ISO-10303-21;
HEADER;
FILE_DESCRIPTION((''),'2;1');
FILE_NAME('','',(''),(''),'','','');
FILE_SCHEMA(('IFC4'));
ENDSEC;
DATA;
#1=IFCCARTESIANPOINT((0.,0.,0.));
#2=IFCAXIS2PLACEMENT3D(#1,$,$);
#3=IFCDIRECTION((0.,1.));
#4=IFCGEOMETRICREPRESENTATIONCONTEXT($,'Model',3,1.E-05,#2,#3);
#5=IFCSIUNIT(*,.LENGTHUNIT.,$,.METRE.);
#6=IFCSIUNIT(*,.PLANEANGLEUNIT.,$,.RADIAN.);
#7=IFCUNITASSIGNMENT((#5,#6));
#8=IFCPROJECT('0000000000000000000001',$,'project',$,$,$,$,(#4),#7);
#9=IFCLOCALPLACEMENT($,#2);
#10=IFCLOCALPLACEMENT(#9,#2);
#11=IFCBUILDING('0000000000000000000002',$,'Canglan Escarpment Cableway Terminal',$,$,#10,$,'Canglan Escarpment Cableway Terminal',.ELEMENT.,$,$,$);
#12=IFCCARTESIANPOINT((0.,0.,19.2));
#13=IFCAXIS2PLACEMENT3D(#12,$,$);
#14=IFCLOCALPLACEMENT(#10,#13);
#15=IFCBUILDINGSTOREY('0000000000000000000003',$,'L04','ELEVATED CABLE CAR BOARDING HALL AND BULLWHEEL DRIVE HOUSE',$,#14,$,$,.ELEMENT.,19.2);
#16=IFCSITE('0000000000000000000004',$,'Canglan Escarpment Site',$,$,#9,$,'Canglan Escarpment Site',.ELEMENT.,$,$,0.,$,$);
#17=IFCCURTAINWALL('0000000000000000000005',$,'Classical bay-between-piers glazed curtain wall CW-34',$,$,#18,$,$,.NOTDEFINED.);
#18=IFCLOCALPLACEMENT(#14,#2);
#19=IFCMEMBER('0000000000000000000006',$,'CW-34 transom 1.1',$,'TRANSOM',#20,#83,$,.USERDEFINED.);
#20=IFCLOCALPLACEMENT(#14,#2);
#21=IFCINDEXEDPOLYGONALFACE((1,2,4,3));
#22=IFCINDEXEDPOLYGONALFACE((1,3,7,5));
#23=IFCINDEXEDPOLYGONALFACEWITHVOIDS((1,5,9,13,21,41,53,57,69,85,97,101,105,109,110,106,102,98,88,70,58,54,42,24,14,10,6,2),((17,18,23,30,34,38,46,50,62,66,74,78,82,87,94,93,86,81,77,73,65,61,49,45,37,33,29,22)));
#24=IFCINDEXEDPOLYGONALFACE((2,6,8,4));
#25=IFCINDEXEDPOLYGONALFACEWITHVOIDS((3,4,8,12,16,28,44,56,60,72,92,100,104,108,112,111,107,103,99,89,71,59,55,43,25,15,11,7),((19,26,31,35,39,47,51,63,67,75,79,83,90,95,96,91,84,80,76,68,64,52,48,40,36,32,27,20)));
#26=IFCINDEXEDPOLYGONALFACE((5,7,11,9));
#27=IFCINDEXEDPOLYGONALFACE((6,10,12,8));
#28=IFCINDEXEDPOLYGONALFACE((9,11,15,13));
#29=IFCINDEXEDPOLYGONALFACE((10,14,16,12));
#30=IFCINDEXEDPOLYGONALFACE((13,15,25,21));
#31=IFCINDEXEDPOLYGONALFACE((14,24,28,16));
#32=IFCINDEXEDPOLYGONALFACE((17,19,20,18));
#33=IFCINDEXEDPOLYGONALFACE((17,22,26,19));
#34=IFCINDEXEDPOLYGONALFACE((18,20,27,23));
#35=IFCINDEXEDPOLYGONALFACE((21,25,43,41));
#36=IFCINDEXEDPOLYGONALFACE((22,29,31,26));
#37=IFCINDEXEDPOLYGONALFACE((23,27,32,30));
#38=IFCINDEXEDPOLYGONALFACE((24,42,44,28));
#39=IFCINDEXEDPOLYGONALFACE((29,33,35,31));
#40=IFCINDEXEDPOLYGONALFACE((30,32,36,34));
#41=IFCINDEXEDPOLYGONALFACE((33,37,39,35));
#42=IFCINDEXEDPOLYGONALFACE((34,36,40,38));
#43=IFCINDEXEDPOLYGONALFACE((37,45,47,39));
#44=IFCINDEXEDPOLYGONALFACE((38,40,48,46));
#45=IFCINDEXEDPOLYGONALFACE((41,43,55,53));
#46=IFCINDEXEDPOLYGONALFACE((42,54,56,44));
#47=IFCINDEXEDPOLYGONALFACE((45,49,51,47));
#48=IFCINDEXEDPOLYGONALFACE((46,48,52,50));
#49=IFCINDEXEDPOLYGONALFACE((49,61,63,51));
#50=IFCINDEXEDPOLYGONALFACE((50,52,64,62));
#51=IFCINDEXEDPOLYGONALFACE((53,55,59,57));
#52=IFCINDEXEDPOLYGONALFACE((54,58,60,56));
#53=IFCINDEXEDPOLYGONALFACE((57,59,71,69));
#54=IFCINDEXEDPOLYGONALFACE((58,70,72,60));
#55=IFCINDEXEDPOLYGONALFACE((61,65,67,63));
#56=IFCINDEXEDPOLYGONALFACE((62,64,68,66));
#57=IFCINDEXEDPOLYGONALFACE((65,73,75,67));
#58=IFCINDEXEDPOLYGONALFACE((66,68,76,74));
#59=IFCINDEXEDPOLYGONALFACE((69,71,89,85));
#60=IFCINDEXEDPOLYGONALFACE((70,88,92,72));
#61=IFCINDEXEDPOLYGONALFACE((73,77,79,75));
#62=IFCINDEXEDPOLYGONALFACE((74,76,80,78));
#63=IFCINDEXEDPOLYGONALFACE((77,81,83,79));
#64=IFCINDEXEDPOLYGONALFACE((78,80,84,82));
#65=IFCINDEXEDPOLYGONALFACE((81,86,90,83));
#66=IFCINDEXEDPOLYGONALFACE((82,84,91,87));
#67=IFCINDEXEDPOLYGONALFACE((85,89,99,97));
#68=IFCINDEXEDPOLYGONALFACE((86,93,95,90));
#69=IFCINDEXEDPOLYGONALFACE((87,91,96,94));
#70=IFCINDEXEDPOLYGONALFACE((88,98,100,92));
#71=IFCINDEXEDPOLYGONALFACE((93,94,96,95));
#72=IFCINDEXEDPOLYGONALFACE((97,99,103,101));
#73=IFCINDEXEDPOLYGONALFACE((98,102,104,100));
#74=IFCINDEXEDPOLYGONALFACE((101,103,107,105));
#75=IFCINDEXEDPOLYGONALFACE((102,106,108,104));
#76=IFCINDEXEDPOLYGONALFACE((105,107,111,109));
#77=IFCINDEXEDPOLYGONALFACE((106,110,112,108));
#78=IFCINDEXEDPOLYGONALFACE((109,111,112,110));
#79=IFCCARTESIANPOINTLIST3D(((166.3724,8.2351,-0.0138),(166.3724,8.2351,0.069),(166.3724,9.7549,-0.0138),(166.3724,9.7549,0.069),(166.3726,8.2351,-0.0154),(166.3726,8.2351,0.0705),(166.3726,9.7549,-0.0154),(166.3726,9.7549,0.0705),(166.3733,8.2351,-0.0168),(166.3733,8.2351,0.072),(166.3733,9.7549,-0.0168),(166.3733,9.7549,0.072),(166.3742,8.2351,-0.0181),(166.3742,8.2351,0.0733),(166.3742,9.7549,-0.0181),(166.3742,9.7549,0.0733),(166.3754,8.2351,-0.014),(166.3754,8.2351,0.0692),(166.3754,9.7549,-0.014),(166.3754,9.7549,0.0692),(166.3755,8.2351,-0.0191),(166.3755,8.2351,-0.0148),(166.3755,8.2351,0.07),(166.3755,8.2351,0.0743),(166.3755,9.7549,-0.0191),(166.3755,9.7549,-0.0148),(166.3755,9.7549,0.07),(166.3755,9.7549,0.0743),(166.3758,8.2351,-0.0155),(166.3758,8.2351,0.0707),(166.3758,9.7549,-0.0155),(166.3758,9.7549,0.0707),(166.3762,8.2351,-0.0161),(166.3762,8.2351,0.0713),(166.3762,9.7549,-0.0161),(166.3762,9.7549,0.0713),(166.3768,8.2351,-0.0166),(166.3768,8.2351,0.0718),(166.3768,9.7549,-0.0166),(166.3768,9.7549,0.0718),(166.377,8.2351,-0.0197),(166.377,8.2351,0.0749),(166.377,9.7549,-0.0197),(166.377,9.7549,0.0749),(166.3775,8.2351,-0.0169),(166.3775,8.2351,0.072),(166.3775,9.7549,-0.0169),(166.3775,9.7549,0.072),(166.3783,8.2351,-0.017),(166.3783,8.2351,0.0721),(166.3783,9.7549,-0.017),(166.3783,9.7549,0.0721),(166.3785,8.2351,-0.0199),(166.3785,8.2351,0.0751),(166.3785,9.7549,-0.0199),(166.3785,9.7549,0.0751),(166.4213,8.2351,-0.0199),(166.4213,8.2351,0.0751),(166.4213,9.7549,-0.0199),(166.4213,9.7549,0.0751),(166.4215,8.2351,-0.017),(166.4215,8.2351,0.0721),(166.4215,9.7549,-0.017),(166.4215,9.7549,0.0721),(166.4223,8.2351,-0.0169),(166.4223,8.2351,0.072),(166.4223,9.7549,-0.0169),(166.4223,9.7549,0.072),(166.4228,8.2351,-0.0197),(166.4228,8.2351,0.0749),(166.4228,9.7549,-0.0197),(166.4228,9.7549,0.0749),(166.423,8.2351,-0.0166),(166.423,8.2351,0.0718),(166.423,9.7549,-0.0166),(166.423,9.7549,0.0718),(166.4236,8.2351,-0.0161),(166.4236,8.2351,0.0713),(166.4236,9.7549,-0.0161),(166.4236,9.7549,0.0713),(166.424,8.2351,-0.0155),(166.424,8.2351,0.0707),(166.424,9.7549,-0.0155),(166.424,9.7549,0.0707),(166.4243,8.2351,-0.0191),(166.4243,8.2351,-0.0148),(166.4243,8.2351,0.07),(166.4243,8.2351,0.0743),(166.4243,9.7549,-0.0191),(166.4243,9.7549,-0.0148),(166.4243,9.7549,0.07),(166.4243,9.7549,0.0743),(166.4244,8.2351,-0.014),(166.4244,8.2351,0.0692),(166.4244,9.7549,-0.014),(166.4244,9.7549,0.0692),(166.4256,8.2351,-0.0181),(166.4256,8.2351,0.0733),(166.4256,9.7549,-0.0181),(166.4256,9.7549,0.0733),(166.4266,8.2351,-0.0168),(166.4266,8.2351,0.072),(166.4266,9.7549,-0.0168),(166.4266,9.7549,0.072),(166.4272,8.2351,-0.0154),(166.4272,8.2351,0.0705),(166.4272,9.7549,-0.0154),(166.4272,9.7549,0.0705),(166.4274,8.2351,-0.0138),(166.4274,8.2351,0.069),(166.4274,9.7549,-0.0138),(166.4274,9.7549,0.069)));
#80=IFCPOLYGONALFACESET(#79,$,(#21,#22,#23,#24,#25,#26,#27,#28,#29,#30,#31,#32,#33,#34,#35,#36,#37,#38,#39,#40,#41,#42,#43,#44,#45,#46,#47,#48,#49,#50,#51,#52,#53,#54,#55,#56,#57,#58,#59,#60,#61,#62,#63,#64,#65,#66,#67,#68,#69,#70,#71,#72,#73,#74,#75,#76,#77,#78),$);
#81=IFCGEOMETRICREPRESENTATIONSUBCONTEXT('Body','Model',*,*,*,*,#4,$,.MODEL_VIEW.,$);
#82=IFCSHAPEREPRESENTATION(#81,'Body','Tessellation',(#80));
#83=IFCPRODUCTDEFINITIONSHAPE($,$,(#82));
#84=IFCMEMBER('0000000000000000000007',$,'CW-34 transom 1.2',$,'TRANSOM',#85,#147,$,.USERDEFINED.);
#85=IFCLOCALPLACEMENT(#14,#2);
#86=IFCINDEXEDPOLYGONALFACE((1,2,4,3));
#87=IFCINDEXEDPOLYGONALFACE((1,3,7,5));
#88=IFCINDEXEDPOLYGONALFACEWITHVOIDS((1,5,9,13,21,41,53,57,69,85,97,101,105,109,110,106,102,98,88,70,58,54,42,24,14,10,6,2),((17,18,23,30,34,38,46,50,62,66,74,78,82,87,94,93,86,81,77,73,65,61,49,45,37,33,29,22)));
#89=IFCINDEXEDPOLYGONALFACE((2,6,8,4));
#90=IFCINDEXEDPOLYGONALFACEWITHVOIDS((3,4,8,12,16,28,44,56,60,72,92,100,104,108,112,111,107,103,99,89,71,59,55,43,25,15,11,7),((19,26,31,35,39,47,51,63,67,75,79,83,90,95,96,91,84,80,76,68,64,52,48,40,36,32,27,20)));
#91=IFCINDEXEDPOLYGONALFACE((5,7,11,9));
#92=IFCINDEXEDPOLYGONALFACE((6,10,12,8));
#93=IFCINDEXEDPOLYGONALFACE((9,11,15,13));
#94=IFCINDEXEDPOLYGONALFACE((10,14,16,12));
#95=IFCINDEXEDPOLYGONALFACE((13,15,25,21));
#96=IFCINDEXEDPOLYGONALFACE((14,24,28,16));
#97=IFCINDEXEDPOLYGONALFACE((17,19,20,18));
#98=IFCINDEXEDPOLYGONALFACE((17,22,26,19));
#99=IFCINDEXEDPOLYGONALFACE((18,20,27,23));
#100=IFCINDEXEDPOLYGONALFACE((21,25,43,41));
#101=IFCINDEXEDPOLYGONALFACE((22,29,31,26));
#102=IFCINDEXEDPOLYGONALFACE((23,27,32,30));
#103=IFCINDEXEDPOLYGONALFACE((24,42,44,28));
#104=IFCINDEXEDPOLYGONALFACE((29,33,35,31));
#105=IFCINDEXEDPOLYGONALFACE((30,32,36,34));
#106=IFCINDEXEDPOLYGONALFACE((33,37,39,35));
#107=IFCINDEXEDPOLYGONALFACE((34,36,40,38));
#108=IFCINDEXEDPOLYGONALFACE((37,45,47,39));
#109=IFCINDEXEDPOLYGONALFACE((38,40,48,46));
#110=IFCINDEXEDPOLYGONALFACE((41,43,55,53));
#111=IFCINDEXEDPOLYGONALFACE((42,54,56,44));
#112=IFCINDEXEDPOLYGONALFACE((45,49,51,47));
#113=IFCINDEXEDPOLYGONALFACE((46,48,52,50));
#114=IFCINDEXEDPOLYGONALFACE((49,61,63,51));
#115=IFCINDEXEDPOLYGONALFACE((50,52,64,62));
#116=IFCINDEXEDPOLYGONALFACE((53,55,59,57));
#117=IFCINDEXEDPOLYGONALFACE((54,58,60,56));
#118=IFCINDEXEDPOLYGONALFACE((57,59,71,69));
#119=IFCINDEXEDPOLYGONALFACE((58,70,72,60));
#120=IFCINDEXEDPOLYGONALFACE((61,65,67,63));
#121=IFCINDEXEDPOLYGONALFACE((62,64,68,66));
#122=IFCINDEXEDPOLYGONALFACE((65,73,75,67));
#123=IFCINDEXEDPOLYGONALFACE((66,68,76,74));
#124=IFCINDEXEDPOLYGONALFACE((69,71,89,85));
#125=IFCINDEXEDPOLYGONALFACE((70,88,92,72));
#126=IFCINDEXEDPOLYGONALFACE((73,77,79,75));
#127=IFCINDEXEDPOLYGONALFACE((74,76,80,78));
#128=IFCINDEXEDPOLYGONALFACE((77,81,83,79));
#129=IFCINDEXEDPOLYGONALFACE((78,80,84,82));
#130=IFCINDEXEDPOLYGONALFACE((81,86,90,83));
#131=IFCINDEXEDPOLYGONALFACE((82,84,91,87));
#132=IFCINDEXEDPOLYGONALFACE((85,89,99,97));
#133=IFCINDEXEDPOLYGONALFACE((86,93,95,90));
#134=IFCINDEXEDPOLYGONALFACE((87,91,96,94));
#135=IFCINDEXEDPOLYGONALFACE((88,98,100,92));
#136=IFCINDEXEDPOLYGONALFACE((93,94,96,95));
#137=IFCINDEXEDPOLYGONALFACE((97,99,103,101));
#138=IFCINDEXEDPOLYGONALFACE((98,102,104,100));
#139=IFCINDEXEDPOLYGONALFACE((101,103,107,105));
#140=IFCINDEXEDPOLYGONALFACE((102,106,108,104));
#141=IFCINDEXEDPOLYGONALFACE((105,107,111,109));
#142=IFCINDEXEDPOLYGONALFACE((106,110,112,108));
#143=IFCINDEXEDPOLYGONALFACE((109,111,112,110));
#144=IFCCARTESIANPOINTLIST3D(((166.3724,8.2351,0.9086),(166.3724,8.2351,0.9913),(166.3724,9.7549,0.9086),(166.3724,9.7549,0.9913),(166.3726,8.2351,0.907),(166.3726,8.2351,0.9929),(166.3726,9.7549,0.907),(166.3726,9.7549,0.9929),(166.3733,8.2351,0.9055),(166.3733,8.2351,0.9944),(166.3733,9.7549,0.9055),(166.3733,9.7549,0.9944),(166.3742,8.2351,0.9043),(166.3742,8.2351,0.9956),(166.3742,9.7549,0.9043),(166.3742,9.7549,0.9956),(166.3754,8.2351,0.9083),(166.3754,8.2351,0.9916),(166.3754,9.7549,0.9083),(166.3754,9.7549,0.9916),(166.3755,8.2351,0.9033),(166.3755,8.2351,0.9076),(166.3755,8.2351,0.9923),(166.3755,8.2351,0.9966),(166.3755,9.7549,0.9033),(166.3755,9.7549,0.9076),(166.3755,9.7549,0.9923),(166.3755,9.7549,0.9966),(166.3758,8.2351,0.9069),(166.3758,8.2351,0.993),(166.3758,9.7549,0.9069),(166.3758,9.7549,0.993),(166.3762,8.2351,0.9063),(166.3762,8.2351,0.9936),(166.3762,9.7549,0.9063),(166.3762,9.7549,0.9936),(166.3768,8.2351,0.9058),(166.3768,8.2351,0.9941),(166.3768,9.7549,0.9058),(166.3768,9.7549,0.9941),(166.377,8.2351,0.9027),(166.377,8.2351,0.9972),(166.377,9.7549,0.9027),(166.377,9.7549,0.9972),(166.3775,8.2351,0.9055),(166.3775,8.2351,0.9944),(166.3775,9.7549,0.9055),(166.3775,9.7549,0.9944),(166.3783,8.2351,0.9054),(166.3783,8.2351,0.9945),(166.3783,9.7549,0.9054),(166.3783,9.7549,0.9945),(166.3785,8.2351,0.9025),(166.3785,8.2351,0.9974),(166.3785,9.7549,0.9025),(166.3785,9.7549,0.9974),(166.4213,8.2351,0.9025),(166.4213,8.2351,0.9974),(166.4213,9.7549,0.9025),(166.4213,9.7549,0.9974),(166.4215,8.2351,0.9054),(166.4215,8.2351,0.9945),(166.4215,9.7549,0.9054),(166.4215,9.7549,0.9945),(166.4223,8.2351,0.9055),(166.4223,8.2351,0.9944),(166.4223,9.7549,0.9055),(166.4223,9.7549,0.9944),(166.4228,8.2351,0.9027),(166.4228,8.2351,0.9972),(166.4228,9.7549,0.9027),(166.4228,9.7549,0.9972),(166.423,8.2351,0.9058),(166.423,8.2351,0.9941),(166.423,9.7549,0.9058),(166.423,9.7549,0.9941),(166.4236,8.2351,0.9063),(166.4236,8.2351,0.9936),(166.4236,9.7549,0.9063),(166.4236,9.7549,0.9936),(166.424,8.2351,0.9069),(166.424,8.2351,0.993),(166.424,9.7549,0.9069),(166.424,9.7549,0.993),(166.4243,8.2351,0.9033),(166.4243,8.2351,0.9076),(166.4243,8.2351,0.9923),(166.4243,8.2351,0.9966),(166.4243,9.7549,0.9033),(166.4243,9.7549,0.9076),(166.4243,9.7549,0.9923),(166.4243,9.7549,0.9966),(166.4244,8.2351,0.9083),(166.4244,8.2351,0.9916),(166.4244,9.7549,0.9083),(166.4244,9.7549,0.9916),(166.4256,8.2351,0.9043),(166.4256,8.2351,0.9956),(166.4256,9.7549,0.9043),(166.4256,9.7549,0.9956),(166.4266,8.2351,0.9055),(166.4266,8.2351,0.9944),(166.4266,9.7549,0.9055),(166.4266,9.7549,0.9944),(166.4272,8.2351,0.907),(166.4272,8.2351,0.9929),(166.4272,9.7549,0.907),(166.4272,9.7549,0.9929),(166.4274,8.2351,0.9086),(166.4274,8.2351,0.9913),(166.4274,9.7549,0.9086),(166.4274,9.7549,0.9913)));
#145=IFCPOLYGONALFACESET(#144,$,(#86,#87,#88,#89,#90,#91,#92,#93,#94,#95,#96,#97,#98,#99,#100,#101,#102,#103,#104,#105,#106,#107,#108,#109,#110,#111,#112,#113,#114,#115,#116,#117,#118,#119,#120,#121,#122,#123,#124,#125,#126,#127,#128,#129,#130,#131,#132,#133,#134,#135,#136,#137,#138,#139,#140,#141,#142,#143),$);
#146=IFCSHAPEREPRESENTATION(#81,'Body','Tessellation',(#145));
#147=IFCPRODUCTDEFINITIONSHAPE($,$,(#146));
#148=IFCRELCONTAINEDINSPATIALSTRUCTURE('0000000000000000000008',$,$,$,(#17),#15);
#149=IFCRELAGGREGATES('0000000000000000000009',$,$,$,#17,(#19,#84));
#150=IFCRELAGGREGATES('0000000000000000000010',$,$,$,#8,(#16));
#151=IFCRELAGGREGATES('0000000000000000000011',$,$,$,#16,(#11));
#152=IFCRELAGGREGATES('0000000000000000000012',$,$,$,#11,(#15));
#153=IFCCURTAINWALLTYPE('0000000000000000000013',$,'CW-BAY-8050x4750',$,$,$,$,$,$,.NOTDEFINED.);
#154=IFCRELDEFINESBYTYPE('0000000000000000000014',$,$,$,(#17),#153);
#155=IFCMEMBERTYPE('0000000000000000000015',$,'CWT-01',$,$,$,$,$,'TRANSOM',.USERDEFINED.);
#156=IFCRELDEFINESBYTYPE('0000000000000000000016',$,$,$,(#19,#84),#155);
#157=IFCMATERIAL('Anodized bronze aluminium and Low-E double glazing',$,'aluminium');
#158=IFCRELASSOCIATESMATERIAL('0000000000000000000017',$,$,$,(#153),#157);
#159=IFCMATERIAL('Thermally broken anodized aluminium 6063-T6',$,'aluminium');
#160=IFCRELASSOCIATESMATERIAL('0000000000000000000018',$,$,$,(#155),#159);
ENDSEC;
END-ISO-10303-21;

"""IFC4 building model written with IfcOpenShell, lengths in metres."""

from ifc_helpers import new_model, si_unit, direction, frame, origin, origin_2d, place, context, subcontext, project, spatial, hollow_rectangle, extrude, material, material_profile, profile_set, type_object, element, aggregate, save


model = new_model("IFC4")

# Units and contexts
model_context = context("Model", 3, precision=1e-05, world=origin(), true_north=direction((0.0, 1.0)))
body_context = subcontext(model_context, "Body", "Model", "MODEL_VIEW")
ifc_project = project(units=[si_unit("LENGTHUNIT", "METRE"), si_unit("PLANEANGLEUNIT", "RADIAN")], contexts=[model_context])

# Site, building, storey
site_placement = place(None, origin())
site = spatial("IfcSite", under=ifc_project, at=site_placement, Name="Canglan Escarpment Site", LongName="Canglan Escarpment Site", CompositionType="ELEMENT", RefElevation=0.0)
building_placement = place(site_placement, origin())
building = spatial("IfcBuilding", under=site, at=building_placement, Name="Canglan Escarpment Cableway Terminal", LongName="Canglan Escarpment Cableway Terminal", CompositionType="ELEMENT")
storey_placement = place(building_placement, frame((0.0, 0.0, 19.2)))
storey = spatial("IfcBuildingStorey", under=building, at=storey_placement, Name="L04", Description="ELEVATED CABLE CAR BOARDING HALL AND BULLWHEEL DRIVE HOUSE", CompositionType="ELEMENT", Elevation=19.2)

# Curtain wall
ifc_material_1 = material(Name="Anodized bronze aluminium and Low-E double glazing", Category="aluminium")
curtain_wall_type_1 = type_object("IfcCurtainWallType", Name="CW-BAY-8050x4750", PredefinedType="NOTDEFINED", material=ifc_material_1)
curtain_wall_1_placement = place(storey_placement, origin())
curtain_wall_1 = element("IfcCurtainWall", 1, at=curtain_wall_1_placement, inside=storey, type_object=curtain_wall_type_1, Name="Classical bay-between-piers glazed curtain wall CW-34", PredefinedType="NOTDEFINED")
ifc_material_2 = material(Name="Thermally broken anodized aluminium 6063-T6", Category="aluminium")

# Members
ifc_material_profile_1 = material_profile(ifc_material_2, hollow_rectangle(XDim=0.0549, YDim=0.095, WallThickness=0.0029, InnerFilletRadius=0.0029, OuterFilletRadius=0.0061, at=origin_2d()), Name="ALU-TRAN 55x95x3")
ifc_profile_set_1 = profile_set([ifc_material_profile_1], Name="Thermally broken anodized aluminium 6063-T6")
member_type_1 = type_object("IfcMemberType", Name="CWT-01", ElementType="TRANSOM", PredefinedType="USERDEFINED", material=ifc_profile_set_1)
member_1_placement = place(storey_placement, frame((166.3999, 8.2351, 0.0276), z_axis=(0.0, 1.0, 0.0), x_axis=(-1.0, 0.0, 0.0)))
member_1 = element("IfcMember", 2, at=member_1_placement, type_object=member_type_1, Name="CW-34 transom 1.1", ObjectType="TRANSOM", PredefinedType="USERDEFINED", context=body_context, shape_type="SweptSolid", body=[
    extrude(hollow_rectangle(XDim=0.0549, YDim=0.095, WallThickness=0.0029, InnerFilletRadius=0.0029, OuterFilletRadius=0.0061, at=origin_2d()), origin(), (0.0, 0.0, 1.0), 1.5198),
])
member_2_placement = place(storey_placement, frame((166.3999, 8.2351, 0.95), z_axis=(0.0, 1.0, 0.0), x_axis=(-1.0, 0.0, 0.0)))
member_2 = element("IfcMember", 3, at=member_2_placement, type_object=member_type_1, Name="CW-34 transom 1.2", ObjectType="TRANSOM", PredefinedType="USERDEFINED", context=body_context, shape_type="SweptSolid", body=[
    extrude(hollow_rectangle(XDim=0.0549, YDim=0.095, WallThickness=0.0029, InnerFilletRadius=0.0029, OuterFilletRadius=0.0061, at=origin_2d()), origin(), (0.0, 0.0, 1.0), 1.5198),
])

aggregate(curtain_wall_1, [member_1, member_2])

save(model, "model.ifc")
